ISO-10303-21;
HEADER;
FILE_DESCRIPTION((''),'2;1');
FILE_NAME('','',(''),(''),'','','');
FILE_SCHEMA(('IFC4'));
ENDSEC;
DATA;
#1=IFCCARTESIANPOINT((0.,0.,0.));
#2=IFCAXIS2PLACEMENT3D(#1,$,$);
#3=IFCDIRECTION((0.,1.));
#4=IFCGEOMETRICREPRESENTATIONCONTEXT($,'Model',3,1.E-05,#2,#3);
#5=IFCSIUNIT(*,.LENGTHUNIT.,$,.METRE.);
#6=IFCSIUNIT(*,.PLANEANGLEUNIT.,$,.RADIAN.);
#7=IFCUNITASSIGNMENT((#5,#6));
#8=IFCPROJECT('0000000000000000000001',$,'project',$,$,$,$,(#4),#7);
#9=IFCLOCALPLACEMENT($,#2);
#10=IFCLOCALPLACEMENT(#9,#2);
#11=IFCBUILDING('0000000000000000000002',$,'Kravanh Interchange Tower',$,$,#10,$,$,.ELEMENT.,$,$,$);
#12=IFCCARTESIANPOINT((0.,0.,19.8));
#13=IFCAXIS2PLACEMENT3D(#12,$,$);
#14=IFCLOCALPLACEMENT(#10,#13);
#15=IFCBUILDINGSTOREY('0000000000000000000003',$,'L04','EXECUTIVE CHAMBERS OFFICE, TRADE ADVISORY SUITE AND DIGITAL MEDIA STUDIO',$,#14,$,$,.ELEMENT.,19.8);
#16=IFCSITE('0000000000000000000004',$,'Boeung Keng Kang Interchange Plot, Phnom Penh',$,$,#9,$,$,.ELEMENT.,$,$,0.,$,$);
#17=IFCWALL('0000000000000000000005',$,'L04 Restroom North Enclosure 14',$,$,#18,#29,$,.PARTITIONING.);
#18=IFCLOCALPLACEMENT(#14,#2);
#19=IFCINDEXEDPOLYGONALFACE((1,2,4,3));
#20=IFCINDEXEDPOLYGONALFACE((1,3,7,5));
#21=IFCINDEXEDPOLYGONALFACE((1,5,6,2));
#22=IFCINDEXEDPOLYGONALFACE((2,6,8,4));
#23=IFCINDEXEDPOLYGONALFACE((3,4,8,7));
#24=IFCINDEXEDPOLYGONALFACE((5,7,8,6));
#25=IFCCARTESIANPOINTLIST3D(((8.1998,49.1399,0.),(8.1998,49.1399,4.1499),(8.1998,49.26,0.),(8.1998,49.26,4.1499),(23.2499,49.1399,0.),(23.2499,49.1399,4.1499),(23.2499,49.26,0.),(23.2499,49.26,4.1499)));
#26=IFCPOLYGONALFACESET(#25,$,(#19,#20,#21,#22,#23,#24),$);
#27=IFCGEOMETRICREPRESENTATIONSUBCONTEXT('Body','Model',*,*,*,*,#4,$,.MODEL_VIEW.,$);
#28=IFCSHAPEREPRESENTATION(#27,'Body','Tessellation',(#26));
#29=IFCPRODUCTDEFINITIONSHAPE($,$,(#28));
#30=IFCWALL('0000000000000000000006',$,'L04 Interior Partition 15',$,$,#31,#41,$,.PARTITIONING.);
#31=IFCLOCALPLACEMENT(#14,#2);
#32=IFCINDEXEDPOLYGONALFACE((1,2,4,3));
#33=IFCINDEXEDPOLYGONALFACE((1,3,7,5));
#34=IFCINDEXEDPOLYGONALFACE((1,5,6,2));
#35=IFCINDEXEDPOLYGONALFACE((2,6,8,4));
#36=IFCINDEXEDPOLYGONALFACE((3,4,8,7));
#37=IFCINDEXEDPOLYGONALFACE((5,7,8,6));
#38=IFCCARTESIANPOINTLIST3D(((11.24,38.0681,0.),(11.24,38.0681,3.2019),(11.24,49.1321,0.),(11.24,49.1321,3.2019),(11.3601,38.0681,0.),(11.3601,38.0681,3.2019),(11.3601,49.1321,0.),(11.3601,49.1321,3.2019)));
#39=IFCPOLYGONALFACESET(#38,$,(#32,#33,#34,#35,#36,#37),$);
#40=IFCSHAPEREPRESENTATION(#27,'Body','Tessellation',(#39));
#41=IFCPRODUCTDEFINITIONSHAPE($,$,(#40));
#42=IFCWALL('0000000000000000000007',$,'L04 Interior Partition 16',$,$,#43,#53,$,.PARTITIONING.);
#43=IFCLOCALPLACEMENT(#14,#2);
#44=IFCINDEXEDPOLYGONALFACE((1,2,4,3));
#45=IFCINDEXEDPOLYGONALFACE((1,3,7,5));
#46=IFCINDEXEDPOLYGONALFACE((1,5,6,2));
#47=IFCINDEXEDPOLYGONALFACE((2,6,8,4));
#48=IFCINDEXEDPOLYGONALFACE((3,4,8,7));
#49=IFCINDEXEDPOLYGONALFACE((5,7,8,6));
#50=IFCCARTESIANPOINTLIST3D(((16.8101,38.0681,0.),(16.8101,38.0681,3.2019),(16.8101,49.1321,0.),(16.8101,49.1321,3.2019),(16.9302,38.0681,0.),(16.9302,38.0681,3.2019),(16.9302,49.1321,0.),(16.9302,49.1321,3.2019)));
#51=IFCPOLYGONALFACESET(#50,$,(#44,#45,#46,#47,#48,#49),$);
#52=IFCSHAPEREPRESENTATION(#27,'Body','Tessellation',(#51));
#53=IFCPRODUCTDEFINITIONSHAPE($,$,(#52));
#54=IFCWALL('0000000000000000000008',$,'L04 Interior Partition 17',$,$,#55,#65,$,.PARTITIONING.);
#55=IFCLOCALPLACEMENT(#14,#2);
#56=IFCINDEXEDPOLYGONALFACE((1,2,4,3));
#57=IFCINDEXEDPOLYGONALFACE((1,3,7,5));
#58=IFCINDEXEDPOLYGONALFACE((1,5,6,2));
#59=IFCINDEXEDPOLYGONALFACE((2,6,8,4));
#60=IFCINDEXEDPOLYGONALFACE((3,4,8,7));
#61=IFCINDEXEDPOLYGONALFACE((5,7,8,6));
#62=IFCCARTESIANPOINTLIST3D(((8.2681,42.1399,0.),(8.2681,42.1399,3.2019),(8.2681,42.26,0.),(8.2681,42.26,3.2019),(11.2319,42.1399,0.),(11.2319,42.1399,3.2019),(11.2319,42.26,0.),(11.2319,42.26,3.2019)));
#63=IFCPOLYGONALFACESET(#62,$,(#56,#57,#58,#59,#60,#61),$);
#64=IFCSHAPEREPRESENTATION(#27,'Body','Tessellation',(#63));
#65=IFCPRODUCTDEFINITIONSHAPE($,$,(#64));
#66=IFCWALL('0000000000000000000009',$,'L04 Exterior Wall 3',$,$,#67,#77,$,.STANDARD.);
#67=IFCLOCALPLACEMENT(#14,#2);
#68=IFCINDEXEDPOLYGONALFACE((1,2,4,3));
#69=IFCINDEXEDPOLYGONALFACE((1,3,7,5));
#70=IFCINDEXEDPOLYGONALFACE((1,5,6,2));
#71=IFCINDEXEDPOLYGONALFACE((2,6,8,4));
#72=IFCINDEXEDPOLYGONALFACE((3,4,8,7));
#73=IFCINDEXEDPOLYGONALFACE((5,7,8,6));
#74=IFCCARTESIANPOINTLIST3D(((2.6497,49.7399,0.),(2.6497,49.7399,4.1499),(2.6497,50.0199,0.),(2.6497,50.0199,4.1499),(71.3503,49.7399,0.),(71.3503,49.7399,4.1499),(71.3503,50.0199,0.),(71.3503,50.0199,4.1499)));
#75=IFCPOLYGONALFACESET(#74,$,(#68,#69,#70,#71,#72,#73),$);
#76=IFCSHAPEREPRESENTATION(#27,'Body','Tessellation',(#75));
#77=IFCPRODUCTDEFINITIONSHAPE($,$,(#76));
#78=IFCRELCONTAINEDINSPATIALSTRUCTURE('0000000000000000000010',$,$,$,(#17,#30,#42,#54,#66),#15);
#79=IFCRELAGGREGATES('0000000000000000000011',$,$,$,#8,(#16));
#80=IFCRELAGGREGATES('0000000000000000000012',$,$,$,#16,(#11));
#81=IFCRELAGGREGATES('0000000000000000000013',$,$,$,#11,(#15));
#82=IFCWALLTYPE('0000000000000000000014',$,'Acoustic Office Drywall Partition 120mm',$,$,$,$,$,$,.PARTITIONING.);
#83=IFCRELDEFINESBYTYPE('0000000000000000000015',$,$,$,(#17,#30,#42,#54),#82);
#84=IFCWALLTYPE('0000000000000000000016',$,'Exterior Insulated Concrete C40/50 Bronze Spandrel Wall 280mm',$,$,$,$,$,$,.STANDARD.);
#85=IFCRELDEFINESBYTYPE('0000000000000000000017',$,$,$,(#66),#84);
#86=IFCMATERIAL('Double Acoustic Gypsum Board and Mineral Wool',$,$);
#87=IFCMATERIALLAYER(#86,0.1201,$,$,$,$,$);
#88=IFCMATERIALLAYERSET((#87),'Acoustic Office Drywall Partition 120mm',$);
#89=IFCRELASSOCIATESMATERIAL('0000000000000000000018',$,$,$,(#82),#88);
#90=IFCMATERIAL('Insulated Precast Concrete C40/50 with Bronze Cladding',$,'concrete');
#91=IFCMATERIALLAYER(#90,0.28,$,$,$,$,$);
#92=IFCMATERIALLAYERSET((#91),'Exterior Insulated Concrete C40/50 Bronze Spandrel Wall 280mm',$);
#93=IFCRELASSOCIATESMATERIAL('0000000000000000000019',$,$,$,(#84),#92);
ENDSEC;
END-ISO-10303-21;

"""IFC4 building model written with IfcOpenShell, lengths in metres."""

from ifc_helpers import new_model, si_unit, direction, frame, frame_2d, origin, place, context, subcontext, project, spatial, rectangle, extrude, material, layer, layer_set, type_object, element, save


model = new_model("IFC4")

# Units and contexts
model_context = context("Model", 3, precision=1e-05, world=origin(), true_north=direction((0.0, 1.0)))
body_context = subcontext(model_context, "Body", "Model", "MODEL_VIEW")
ifc_project = project(units=[si_unit("LENGTHUNIT", "METRE"), si_unit("PLANEANGLEUNIT", "RADIAN")], contexts=[model_context])

# Site, building, storey
site_placement = place(None, origin())
site = spatial("IfcSite", under=ifc_project, at=site_placement, Name="Boeung Keng Kang Interchange Plot, Phnom Penh", CompositionType="ELEMENT", RefElevation=0.0)
building_placement = place(site_placement, origin())
building = spatial("IfcBuilding", under=site, at=building_placement, Name="Kravanh Interchange Tower", CompositionType="ELEMENT")
storey_placement = place(building_placement, frame((0.0, 0.0, 19.8)))
storey = spatial("IfcBuildingStorey", under=building, at=storey_placement, Name="L04", Description="EXECUTIVE CHAMBERS OFFICE, TRADE ADVISORY SUITE AND DIGITAL MEDIA STUDIO", CompositionType="ELEMENT", Elevation=19.8)

# Shared definitions
ifc_material_1 = material(Name="Double Acoustic Gypsum Board and Mineral Wool")
ifc_layer_1 = layer(ifc_material_1, 0.1201)
ifc_layer_set_1 = layer_set([ifc_layer_1], Name="Acoustic Office Drywall Partition 120mm")
wall_type_1 = type_object("IfcWallType", Name="Acoustic Office Drywall Partition 120mm", PredefinedType="PARTITIONING", material=ifc_layer_set_1)

# Walls
wall_1_placement = place(storey_placement, frame((8.2, 49.2, 0.0), z_axis=(0.0, 0.0, 1.0), x_axis=(1.0, 0.0, 0.0)))
element("IfcWall", 1, at=wall_1_placement, inside=storey, type_object=wall_type_1, Name="L04 Restroom North Enclosure 14", PredefinedType="PARTITIONING", context=body_context, shape_type="SweptSolid", body=[
    extrude(rectangle(XDim=15.05, YDim=0.1201, at=frame_2d((7.5249, 0.0))), origin(), (0.0, 0.0, 1.0), 4.1499),
])
for number, where, z_axis, x_axis, name in (
    (2, (11.3, 38.0681, 0.0), (0.0, 0.0, 1.0), (0.0, 1.0, 0.0), "L04 Interior Partition 15"),
    (3, (16.8701, 38.0681, 0.0), (0.0, 0.0, 1.0), (0.0, 1.0, 0.0), "L04 Interior Partition 16"),
):
    element("IfcWall", number, at=place(storey_placement, frame(where, z_axis=z_axis, x_axis=x_axis)), inside=storey, type_object=wall_type_1, Name=name, PredefinedType="PARTITIONING", context=body_context, shape_type="SweptSolid", body=[
        extrude(rectangle(XDim=11.064, YDim=0.1201, at=frame_2d((5.532, 0.0))), origin(), (0.0, 0.0, 1.0), 3.2019),
    ])
wall_2_placement = place(storey_placement, frame((8.2681, 42.2, 0.0), z_axis=(0.0, 0.0, 1.0), x_axis=(1.0, 0.0, 0.0)))
element("IfcWall", 4, at=wall_2_placement, inside=storey, type_object=wall_type_1, Name="L04 Interior Partition 17", PredefinedType="PARTITIONING", context=body_context, shape_type="SweptSolid", body=[
    extrude(rectangle(XDim=2.9639, YDim=0.1201, at=frame_2d((1.4819, 0.0))), origin(), (0.0, 0.0, 1.0), 3.2019),
])
ifc_material_2 = material(Name="Insulated Precast Concrete C40/50 with Bronze Cladding", Category="concrete")
ifc_layer_2 = layer(ifc_material_2, 0.28)
ifc_layer_set_2 = layer_set([ifc_layer_2], Name="Exterior Insulated Concrete C40/50 Bronze Spandrel Wall 280mm")
wall_type_2 = type_object("IfcWallType", Name="Exterior Insulated Concrete C40/50 Bronze Spandrel Wall 280mm", PredefinedType="STANDARD", material=ifc_layer_set_2)
wall_3_placement = place(storey_placement, frame((2.6497, 49.8799, 0.0), z_axis=(0.0, 0.0, 1.0), x_axis=(1.0, 0.0, 0.0)))
element("IfcWall", 5, at=wall_3_placement, inside=storey, type_object=wall_type_2, Name="L04 Exterior Wall 3", PredefinedType="STANDARD", context=body_context, shape_type="SweptSolid", body=[
    extrude(rectangle(XDim=68.7007, YDim=0.28, at=frame_2d((34.3503, 0.0))), origin(), (0.0, 0.0, 1.0), 4.1499),
])

save(model, "model.ifc")
